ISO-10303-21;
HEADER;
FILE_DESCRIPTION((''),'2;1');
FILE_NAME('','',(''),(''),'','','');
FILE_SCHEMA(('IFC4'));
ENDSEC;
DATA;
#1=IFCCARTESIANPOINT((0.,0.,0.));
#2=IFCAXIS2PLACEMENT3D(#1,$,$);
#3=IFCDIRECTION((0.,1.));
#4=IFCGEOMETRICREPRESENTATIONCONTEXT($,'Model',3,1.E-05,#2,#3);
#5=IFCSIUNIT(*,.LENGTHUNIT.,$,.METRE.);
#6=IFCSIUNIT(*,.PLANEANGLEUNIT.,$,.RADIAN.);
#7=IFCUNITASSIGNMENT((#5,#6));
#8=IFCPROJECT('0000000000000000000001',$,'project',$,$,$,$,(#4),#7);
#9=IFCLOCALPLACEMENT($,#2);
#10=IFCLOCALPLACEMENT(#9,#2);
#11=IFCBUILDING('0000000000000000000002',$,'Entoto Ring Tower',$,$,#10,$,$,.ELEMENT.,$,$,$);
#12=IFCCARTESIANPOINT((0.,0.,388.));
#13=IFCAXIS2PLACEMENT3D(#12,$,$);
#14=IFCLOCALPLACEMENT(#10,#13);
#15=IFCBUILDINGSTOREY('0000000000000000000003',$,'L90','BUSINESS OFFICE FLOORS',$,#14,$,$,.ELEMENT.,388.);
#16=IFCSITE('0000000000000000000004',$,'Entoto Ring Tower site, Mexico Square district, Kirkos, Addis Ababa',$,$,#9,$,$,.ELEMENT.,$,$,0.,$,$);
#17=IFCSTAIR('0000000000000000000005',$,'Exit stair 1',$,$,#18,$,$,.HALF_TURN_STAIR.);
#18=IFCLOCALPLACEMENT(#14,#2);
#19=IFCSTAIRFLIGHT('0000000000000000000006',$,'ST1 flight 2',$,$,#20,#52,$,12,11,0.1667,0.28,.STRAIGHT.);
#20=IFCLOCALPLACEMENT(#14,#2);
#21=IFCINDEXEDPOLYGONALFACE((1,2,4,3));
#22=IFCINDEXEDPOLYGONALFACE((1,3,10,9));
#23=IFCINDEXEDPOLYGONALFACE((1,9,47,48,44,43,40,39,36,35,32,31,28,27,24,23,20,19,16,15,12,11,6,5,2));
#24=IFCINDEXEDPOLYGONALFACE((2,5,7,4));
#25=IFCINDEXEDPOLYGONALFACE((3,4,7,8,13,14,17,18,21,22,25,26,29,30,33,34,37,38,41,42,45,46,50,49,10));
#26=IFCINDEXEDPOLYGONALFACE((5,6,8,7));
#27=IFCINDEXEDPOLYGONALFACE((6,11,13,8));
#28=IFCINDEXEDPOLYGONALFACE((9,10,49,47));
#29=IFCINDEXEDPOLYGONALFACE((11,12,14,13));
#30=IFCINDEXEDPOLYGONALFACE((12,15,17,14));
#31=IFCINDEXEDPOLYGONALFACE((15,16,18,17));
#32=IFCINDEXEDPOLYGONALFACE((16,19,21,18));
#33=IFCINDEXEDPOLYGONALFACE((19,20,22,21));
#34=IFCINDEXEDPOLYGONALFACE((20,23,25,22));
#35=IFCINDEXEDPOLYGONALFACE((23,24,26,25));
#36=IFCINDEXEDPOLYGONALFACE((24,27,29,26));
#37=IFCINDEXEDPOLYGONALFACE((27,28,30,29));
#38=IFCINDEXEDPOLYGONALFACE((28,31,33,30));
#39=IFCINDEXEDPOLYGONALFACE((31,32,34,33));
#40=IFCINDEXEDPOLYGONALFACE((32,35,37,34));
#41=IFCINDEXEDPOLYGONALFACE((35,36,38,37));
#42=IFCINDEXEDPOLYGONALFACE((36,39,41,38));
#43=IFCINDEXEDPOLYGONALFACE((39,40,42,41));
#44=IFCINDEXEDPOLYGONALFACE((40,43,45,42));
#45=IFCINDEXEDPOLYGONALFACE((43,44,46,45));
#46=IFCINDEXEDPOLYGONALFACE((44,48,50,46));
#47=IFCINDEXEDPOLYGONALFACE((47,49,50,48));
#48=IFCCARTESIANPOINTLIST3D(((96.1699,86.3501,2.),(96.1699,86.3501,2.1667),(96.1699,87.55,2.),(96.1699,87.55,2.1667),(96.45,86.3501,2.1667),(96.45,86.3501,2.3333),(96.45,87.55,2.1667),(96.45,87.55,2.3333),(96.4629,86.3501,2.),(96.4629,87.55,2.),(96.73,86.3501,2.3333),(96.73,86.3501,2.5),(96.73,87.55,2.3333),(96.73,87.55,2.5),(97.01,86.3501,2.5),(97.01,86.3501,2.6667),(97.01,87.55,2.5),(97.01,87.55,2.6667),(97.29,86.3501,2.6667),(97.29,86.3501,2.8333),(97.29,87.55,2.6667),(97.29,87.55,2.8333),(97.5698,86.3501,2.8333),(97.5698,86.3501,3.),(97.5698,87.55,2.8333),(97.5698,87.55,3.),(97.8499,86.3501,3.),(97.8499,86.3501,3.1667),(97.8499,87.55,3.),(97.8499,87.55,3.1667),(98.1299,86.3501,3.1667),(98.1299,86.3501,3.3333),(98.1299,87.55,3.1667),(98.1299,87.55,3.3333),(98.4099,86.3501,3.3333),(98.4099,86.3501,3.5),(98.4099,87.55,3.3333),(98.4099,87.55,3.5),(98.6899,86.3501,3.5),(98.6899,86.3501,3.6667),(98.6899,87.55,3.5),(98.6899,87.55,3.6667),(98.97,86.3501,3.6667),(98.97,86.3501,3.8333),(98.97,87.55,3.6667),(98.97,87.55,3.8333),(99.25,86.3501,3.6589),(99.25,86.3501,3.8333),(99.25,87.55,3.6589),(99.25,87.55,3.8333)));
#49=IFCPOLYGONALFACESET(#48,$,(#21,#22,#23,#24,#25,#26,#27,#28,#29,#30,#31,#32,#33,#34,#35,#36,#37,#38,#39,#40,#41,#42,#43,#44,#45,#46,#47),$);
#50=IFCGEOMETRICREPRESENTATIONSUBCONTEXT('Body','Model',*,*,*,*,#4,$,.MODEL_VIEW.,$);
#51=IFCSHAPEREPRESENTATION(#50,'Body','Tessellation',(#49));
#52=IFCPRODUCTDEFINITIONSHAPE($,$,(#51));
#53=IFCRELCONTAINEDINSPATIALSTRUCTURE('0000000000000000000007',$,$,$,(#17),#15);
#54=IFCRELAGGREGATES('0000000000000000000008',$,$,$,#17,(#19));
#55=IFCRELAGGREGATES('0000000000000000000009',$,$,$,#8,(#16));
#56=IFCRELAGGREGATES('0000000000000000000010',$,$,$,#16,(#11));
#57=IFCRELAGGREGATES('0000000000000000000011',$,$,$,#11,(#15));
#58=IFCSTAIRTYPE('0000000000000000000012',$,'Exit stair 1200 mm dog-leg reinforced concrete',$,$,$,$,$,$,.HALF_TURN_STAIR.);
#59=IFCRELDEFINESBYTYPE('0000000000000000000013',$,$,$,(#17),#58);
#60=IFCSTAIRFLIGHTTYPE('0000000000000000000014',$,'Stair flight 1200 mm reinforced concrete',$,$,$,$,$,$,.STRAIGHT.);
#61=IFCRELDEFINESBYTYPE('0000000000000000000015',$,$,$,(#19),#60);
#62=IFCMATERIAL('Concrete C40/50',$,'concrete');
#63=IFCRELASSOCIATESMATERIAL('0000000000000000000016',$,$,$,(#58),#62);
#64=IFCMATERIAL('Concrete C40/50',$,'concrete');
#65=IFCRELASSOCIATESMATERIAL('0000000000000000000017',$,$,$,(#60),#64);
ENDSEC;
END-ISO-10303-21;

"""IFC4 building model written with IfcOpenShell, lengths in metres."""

from ifc_helpers import new_model, si_unit, direction, frame, origin, place, context, subcontext, project, spatial, polyline, outline, extrude, material, type_object, element, aggregate, save


model = new_model("IFC4")

# Units and contexts
model_context = context("Model", 3, precision=1e-05, world=origin(), true_north=direction((0.0, 1.0)))
body_context = subcontext(model_context, "Body", "Model", "MODEL_VIEW")
ifc_project = project(units=[si_unit("LENGTHUNIT", "METRE"), si_unit("PLANEANGLEUNIT", "RADIAN")], contexts=[model_context])

# Site, building, storey
site_placement = place(None, origin())
site = spatial("IfcSite", under=ifc_project, at=site_placement, Name="Entoto Ring Tower site, Mexico Square district, Kirkos, Addis Ababa", CompositionType="ELEMENT", RefElevation=0.0)
building_placement = place(site_placement, origin())
building = spatial("IfcBuilding", under=site, at=building_placement, Name="Entoto Ring Tower", CompositionType="ELEMENT")
storey_placement = place(building_placement, frame((0.0, 0.0, 388.0)))
storey = spatial("IfcBuildingStorey", under=building, at=storey_placement, Name="L90", Description="BUSINESS OFFICE FLOORS", CompositionType="ELEMENT", Elevation=388.0)

# Stair, stair flight
ifc_material_1 = material(Name="Concrete C40/50", Category="concrete")
stair_type = type_object("IfcStairType", Name="Exit stair 1200 mm dog-leg reinforced concrete", PredefinedType="HALF_TURN_STAIR", material=ifc_material_1)
stair_placement = place(storey_placement, origin())
stair = element("IfcStair", 1, at=stair_placement, inside=storey, type_object=stair_type, Name="Exit stair 1", PredefinedType="HALF_TURN_STAIR")
ifc_material_2 = material(Name="Concrete C40/50", Category="concrete")
stair_flight_type = type_object("IfcStairFlightType", Name="Stair flight 1200 mm reinforced concrete", PredefinedType="STRAIGHT", material=ifc_material_2)
stair_flight_1_placement = place(storey_placement, frame((96.1699, 86.95, 2.0), z_axis=(0.0, 0.0, 1.0), x_axis=(1.0, 0.0, 0.0)))
stair_flight_1 = element("IfcStairFlight", 2, at=stair_flight_1_placement, type_object=stair_flight_type, Name="ST1 flight 2", NumberOfRisers=12, NumberOfTreads=11, PredefinedType="STRAIGHT", RiserHeight=0.1667, TreadLength=0.28, context=body_context, shape_type="SweptSolid", body=[
    extrude(outline(polyline([(0.0, 0.0), (0.0, 0.1667), (0.28, 0.1667), (0.28, 0.3333), (0.5601, 0.3333), (0.5601, 0.5), (0.8401, 0.5), (0.8401, 0.6667), (1.1201, 0.6667), (1.1201, 0.8333), (1.3999, 0.8333), (1.3999, 1.0), (1.6799, 1.0), (1.6799, 1.1667), (1.96, 1.1667), (1.96, 1.3333), (2.24, 1.3333), (2.24, 1.5), (2.52, 1.5), (2.52, 1.6667), (2.8, 1.6667), (2.8, 1.8333), (3.0801, 1.8333), (3.0801, 2.0), (3.0801, 1.6589), (0.293, 0.0), (0.0, 0.0)])), frame((0.0, 0.6001, 0.0), z_axis=(0.0, -1.0, 0.0), x_axis=(1.0, 0.0, 0.0)), (0.0, 0.0, 1.0), 1.2),
])
aggregate(stair, [stair_flight_1])

save(model, "model.ifc")
